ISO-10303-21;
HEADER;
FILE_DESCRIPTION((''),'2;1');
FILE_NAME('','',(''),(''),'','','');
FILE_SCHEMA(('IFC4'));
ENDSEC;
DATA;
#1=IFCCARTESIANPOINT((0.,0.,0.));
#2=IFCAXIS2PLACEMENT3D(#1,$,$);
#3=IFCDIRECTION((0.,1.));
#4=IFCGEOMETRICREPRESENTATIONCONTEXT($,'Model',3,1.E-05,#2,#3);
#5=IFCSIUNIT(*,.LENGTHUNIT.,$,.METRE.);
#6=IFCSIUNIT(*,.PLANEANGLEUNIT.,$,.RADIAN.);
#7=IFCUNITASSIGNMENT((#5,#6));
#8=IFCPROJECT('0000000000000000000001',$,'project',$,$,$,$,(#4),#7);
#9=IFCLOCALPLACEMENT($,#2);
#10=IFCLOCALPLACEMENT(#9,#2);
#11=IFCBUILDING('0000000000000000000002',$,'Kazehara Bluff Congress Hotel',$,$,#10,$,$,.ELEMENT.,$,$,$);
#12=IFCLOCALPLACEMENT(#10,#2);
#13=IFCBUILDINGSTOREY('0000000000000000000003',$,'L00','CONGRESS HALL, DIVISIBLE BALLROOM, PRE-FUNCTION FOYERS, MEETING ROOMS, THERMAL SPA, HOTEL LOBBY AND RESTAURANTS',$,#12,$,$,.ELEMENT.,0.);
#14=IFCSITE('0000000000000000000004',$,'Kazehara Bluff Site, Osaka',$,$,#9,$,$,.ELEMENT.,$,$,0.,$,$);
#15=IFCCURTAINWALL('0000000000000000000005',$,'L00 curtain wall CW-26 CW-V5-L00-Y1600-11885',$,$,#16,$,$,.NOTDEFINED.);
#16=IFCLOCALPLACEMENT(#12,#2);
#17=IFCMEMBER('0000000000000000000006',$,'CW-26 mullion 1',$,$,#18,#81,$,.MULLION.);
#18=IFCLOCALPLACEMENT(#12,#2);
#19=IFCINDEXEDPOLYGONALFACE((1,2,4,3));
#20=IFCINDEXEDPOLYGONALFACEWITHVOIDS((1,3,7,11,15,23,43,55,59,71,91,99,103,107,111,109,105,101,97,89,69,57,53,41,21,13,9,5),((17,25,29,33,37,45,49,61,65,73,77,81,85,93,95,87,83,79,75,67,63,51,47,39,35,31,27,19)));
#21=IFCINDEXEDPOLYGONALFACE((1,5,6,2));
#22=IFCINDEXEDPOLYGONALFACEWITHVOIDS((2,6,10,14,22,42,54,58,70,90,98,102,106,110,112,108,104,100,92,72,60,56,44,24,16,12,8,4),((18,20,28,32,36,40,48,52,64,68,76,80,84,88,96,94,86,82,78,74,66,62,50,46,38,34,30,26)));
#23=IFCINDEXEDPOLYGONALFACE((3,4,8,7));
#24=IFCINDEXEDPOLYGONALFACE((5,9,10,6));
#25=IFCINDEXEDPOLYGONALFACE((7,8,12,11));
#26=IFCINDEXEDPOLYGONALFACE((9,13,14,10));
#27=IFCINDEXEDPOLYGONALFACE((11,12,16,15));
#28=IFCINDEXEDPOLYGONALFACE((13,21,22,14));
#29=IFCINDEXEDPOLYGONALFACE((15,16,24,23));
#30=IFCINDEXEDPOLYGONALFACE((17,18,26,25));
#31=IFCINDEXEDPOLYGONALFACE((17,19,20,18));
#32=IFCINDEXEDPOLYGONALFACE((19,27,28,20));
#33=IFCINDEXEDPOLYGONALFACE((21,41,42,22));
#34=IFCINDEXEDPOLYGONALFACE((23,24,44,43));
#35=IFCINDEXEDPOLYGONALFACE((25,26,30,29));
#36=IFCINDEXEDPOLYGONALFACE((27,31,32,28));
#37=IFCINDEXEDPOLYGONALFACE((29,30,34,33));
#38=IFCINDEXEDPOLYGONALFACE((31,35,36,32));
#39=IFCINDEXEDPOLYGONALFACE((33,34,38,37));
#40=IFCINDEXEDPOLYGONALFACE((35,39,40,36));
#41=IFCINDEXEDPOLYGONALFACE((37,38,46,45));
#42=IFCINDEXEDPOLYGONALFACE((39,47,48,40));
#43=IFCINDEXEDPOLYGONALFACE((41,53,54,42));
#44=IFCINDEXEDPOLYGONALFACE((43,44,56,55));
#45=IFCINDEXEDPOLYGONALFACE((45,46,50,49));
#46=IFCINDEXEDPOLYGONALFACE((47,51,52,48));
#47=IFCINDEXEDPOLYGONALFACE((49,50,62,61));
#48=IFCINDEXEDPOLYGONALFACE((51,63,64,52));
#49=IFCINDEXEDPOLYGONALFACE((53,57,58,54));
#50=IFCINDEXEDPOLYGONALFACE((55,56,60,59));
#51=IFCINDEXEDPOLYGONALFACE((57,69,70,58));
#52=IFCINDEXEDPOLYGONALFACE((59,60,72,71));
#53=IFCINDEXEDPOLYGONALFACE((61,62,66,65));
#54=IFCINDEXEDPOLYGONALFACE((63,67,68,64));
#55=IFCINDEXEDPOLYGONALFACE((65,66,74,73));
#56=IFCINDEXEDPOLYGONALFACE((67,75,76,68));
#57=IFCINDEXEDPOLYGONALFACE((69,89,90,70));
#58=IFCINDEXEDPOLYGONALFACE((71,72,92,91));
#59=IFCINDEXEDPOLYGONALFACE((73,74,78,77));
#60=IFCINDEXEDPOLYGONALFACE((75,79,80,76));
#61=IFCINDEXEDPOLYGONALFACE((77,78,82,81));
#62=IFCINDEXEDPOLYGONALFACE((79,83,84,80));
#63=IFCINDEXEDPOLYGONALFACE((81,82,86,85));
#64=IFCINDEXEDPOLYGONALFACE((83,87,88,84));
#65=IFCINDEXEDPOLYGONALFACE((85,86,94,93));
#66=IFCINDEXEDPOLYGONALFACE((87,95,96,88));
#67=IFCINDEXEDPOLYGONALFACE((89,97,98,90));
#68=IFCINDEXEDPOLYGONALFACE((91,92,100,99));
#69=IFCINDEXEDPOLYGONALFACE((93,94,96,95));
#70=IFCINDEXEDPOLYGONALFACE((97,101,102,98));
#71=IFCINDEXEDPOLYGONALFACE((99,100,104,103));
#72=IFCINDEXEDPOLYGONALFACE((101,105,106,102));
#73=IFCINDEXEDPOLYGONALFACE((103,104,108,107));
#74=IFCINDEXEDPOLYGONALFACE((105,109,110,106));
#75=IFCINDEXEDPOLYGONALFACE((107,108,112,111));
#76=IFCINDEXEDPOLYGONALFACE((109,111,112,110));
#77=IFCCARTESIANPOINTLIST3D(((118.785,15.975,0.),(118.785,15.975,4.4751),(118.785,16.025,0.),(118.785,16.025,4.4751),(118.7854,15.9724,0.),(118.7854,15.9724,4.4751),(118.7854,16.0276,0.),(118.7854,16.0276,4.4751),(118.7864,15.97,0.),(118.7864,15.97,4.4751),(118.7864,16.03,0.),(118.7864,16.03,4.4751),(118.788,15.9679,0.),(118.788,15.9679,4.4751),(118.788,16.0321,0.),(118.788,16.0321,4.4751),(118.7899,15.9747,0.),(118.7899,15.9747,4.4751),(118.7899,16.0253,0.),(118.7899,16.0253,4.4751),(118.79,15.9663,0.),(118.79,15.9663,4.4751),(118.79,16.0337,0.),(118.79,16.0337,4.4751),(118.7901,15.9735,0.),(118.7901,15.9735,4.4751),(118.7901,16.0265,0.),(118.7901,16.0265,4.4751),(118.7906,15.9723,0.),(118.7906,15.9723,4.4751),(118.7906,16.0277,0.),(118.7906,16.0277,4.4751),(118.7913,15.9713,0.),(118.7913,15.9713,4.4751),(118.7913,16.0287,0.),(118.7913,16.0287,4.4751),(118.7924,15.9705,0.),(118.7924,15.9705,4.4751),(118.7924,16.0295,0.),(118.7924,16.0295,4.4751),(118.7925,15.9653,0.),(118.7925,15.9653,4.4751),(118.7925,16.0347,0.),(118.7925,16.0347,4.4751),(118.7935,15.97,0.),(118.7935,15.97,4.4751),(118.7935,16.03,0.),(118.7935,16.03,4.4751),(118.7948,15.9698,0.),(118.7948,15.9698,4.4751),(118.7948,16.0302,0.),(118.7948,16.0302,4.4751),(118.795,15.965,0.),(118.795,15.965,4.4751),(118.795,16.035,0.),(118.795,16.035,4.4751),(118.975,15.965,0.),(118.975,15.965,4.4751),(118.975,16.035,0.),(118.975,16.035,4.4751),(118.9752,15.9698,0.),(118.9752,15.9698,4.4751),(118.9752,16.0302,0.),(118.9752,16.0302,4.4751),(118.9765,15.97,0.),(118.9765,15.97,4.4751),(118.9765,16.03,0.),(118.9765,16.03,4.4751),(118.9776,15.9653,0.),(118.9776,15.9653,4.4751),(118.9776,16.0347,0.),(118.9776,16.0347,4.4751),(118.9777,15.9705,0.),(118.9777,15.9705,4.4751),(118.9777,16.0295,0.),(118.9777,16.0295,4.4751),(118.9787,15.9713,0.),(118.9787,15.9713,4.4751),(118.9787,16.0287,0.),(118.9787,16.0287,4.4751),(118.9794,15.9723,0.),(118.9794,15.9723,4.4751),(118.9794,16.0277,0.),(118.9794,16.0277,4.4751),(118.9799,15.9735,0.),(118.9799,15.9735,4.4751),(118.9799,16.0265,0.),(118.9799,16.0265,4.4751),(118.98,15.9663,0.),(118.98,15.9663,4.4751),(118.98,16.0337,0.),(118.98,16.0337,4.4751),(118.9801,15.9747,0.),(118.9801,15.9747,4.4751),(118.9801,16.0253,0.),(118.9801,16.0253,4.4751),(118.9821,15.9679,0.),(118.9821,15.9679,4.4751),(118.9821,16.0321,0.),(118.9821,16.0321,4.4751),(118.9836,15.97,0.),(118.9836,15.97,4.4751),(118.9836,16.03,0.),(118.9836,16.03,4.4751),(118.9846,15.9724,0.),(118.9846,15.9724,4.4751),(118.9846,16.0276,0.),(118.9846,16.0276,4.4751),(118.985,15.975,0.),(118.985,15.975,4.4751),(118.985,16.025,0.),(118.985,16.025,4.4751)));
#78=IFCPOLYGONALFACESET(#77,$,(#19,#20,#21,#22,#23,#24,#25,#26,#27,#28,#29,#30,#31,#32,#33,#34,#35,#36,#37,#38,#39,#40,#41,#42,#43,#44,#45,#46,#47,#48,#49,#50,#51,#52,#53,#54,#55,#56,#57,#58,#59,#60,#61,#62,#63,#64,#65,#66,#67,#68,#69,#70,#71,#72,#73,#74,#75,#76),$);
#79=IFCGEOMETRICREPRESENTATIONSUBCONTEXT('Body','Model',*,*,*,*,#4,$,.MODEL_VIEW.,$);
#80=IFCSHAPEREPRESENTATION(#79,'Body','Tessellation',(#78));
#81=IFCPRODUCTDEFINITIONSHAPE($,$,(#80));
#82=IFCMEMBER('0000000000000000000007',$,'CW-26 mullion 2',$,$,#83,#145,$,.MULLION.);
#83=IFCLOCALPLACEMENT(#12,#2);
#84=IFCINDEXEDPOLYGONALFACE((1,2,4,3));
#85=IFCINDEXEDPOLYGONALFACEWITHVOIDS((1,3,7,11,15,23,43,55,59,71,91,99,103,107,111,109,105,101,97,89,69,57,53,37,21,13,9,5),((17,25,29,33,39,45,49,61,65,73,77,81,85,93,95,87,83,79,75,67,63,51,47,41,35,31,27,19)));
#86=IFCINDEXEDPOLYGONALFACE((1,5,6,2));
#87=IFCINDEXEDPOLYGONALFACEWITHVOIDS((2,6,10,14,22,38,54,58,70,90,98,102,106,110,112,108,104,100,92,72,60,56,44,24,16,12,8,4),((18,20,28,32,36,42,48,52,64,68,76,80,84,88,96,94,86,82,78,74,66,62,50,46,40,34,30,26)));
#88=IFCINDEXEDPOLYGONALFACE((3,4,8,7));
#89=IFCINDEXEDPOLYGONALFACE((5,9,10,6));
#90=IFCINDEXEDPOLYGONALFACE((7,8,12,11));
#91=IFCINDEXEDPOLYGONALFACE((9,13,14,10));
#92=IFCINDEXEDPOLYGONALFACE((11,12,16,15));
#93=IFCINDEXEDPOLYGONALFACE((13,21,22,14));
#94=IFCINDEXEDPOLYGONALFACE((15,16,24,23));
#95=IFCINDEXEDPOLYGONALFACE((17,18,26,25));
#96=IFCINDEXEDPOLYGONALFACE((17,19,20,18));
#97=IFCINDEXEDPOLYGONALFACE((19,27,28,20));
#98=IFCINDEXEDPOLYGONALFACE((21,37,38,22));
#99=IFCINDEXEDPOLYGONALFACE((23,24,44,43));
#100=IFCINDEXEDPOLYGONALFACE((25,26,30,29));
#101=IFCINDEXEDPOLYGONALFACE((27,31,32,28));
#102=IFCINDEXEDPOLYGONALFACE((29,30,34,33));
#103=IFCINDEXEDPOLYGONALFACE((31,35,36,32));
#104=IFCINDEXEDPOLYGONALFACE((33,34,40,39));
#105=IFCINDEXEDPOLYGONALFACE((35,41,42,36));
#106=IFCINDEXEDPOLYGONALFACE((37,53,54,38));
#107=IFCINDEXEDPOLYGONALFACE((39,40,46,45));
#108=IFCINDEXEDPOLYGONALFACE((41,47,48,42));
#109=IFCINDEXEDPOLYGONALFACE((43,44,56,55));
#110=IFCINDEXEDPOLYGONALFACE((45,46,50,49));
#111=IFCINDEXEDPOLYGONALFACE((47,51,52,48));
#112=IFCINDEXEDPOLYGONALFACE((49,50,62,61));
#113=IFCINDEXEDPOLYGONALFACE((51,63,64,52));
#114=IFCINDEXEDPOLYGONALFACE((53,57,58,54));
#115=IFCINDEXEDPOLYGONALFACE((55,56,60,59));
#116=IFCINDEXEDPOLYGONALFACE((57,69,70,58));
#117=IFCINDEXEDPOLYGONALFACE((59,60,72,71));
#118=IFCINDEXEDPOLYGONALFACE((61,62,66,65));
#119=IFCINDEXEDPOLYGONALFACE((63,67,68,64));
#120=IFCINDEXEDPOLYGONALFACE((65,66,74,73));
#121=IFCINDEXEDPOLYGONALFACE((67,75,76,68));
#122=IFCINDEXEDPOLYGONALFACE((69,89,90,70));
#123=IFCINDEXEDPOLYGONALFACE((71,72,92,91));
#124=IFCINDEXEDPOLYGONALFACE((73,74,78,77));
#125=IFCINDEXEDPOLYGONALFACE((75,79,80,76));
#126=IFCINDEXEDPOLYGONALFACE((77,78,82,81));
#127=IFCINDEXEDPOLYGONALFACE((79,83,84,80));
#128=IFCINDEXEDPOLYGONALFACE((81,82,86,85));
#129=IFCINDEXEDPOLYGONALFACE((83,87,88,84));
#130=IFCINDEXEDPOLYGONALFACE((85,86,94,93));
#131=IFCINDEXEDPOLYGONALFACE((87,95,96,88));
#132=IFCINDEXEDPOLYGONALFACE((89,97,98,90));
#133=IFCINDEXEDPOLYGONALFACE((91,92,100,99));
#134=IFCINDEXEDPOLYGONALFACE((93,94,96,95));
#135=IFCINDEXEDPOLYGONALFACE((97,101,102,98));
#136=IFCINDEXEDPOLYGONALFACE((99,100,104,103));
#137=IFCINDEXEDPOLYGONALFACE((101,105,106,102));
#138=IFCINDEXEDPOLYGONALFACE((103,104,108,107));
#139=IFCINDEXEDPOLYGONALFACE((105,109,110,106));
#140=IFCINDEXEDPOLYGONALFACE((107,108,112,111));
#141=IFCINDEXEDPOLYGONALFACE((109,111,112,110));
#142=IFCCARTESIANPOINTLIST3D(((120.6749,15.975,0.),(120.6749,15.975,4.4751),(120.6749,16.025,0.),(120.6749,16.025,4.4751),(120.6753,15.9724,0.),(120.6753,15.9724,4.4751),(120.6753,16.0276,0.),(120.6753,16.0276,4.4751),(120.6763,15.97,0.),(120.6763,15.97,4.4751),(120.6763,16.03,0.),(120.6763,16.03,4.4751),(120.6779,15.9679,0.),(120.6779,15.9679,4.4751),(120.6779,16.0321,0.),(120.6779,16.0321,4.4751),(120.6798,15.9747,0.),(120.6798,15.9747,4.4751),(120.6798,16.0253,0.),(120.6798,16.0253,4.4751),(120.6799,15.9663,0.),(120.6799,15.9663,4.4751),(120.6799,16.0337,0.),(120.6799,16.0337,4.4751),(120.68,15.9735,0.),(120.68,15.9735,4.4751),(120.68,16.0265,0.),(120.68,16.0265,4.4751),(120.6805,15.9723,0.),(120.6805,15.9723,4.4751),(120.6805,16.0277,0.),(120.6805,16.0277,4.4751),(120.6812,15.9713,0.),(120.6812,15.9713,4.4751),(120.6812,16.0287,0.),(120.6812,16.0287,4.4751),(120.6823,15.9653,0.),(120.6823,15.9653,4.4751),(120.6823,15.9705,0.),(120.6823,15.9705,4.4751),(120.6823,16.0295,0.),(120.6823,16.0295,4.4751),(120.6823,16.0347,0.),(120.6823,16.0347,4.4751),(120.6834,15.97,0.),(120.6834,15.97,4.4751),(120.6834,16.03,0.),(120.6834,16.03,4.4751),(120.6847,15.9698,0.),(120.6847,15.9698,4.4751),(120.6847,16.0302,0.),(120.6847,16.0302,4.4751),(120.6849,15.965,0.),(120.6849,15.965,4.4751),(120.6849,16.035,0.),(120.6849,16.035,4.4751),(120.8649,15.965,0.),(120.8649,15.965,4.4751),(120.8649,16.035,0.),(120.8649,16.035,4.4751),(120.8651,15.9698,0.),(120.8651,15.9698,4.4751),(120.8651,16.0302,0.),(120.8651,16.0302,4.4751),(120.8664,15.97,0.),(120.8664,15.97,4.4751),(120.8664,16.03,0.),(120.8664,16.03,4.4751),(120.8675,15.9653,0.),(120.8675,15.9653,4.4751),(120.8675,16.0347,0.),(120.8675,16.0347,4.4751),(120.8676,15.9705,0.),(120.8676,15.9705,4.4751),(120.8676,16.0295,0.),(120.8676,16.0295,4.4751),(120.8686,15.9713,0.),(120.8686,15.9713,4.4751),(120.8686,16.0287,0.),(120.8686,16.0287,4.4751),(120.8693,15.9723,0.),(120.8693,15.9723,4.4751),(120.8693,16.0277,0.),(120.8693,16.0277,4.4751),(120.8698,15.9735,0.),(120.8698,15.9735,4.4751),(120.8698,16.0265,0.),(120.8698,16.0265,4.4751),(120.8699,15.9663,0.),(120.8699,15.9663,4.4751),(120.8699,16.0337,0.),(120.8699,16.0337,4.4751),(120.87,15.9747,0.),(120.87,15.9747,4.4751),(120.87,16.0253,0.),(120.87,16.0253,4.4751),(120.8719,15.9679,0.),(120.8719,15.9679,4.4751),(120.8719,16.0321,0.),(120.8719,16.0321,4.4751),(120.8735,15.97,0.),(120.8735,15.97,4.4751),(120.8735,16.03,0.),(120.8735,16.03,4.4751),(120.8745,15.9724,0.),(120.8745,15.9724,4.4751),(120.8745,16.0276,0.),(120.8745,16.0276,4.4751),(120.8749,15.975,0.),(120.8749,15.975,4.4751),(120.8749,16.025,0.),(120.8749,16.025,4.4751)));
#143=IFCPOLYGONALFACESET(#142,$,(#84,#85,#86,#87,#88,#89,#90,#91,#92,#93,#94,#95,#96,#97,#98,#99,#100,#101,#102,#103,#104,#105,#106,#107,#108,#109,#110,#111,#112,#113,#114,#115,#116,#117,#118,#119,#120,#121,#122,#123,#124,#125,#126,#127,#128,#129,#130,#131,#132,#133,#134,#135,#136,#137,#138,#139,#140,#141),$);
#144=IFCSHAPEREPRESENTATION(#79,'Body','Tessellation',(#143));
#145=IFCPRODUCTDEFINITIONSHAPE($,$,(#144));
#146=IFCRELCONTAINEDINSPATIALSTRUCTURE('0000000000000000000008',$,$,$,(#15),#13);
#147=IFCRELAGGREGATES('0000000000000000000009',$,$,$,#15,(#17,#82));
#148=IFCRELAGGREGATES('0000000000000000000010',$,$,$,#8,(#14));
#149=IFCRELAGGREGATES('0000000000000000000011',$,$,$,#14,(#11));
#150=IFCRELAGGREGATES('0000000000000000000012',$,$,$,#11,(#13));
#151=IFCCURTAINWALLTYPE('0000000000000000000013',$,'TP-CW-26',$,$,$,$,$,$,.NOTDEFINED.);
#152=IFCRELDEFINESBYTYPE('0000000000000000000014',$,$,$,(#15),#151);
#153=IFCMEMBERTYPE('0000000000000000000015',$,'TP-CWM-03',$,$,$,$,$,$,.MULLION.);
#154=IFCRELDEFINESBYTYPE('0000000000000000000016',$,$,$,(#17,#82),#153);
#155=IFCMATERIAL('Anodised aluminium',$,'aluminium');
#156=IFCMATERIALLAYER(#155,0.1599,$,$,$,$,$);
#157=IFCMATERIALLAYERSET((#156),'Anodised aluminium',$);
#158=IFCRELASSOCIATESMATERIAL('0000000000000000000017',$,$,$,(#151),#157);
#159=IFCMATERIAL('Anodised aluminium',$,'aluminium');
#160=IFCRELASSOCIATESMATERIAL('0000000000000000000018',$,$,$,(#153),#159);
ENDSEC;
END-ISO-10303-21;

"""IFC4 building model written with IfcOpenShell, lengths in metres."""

from ifc_helpers import new_model, si_unit, direction, frame, origin, origin_2d, place, context, subcontext, project, spatial, hollow_rectangle, extrude, material, layer, layer_set, material_profile, profile_set, type_object, element, aggregate, save


model = new_model("IFC4")

# Units and contexts
model_context = context("Model", 3, precision=1e-05, world=origin(), true_north=direction((0.0, 1.0)))
body_context = subcontext(model_context, "Body", "Model", "MODEL_VIEW")
ifc_project = project(units=[si_unit("LENGTHUNIT", "METRE"), si_unit("PLANEANGLEUNIT", "RADIAN")], contexts=[model_context])

# Site, building, storey
site_placement = place(None, origin())
site = spatial("IfcSite", under=ifc_project, at=site_placement, Name="Kazehara Bluff Site, Osaka", CompositionType="ELEMENT", RefElevation=0.0)
building_placement = place(site_placement, origin())
building = spatial("IfcBuilding", under=site, at=building_placement, Name="Kazehara Bluff Congress Hotel", CompositionType="ELEMENT")
storey_placement = place(building_placement, origin())
storey = spatial("IfcBuildingStorey", under=building, at=storey_placement, Name="L00", Description="CONGRESS HALL, DIVISIBLE BALLROOM, PRE-FUNCTION FOYERS, MEETING ROOMS, THERMAL SPA, HOTEL LOBBY AND RESTAURANTS", CompositionType="ELEMENT", Elevation=0.0)

# Curtain wall, members
ifc_material_1 = material(Name="Anodised aluminium", Category="aluminium")
ifc_layer_1 = layer(ifc_material_1, 0.1599)
ifc_layer_set_1 = layer_set([ifc_layer_1], Name="Anodised aluminium")
curtain_wall_type = type_object("IfcCurtainWallType", Name="TP-CW-26", PredefinedType="NOTDEFINED", material=ifc_layer_set_1)
curtain_wall_placement = place(storey_placement, origin())
curtain_wall = element("IfcCurtainWall", 1, at=curtain_wall_placement, inside=storey, type_object=curtain_wall_type, Name="L00 curtain wall CW-26 CW-V5-L00-Y1600-11885", PredefinedType="NOTDEFINED")
ifc_material_2 = material(Name="Anodised aluminium", Category="aluminium")
ifc_material_profile_1 = material_profile(ifc_material_2, hollow_rectangle(XDim=0.0701, YDim=0.2, WallThickness=0.0049, InnerFilletRadius=0.0049, OuterFilletRadius=0.01, at=origin_2d()))
ifc_profile_set_1 = profile_set([ifc_material_profile_1], Name="Anodised aluminium")
member_type_1 = type_object("IfcMemberType", Name="TP-CWM-03", PredefinedType="MULLION", material=ifc_profile_set_1)
member_1_placement = place(storey_placement, frame((118.885, 16.0, 0.0), z_axis=(0.0, 0.0, 1.0), x_axis=(0.0, 1.0, 0.0)))
member_1 = element("IfcMember", 2, at=member_1_placement, type_object=member_type_1, Name="CW-26 mullion 1", PredefinedType="MULLION", context=body_context, shape_type="SweptSolid", body=[
    extrude(hollow_rectangle(XDim=0.0701, YDim=0.2, WallThickness=0.0049, InnerFilletRadius=0.0049, OuterFilletRadius=0.01, at=origin_2d()), origin(), (0.0, 0.0, 1.0), 4.4751),
])
member_2_placement = place(storey_placement, frame((120.7749, 16.0, 0.0), z_axis=(0.0, 0.0, 1.0), x_axis=(0.0, 1.0, 0.0)))
member_2 = element("IfcMember", 3, at=member_2_placement, type_object=member_type_1, Name="CW-26 mullion 2", PredefinedType="MULLION", context=body_context, shape_type="SweptSolid", body=[
    extrude(hollow_rectangle(XDim=0.0701, YDim=0.2, WallThickness=0.0049, InnerFilletRadius=0.0049, OuterFilletRadius=0.01, at=origin_2d()), origin(), (0.0, 0.0, 1.0), 4.4751),
])

aggregate(curtain_wall, [member_1, member_2])

save(model, "model.ifc")
